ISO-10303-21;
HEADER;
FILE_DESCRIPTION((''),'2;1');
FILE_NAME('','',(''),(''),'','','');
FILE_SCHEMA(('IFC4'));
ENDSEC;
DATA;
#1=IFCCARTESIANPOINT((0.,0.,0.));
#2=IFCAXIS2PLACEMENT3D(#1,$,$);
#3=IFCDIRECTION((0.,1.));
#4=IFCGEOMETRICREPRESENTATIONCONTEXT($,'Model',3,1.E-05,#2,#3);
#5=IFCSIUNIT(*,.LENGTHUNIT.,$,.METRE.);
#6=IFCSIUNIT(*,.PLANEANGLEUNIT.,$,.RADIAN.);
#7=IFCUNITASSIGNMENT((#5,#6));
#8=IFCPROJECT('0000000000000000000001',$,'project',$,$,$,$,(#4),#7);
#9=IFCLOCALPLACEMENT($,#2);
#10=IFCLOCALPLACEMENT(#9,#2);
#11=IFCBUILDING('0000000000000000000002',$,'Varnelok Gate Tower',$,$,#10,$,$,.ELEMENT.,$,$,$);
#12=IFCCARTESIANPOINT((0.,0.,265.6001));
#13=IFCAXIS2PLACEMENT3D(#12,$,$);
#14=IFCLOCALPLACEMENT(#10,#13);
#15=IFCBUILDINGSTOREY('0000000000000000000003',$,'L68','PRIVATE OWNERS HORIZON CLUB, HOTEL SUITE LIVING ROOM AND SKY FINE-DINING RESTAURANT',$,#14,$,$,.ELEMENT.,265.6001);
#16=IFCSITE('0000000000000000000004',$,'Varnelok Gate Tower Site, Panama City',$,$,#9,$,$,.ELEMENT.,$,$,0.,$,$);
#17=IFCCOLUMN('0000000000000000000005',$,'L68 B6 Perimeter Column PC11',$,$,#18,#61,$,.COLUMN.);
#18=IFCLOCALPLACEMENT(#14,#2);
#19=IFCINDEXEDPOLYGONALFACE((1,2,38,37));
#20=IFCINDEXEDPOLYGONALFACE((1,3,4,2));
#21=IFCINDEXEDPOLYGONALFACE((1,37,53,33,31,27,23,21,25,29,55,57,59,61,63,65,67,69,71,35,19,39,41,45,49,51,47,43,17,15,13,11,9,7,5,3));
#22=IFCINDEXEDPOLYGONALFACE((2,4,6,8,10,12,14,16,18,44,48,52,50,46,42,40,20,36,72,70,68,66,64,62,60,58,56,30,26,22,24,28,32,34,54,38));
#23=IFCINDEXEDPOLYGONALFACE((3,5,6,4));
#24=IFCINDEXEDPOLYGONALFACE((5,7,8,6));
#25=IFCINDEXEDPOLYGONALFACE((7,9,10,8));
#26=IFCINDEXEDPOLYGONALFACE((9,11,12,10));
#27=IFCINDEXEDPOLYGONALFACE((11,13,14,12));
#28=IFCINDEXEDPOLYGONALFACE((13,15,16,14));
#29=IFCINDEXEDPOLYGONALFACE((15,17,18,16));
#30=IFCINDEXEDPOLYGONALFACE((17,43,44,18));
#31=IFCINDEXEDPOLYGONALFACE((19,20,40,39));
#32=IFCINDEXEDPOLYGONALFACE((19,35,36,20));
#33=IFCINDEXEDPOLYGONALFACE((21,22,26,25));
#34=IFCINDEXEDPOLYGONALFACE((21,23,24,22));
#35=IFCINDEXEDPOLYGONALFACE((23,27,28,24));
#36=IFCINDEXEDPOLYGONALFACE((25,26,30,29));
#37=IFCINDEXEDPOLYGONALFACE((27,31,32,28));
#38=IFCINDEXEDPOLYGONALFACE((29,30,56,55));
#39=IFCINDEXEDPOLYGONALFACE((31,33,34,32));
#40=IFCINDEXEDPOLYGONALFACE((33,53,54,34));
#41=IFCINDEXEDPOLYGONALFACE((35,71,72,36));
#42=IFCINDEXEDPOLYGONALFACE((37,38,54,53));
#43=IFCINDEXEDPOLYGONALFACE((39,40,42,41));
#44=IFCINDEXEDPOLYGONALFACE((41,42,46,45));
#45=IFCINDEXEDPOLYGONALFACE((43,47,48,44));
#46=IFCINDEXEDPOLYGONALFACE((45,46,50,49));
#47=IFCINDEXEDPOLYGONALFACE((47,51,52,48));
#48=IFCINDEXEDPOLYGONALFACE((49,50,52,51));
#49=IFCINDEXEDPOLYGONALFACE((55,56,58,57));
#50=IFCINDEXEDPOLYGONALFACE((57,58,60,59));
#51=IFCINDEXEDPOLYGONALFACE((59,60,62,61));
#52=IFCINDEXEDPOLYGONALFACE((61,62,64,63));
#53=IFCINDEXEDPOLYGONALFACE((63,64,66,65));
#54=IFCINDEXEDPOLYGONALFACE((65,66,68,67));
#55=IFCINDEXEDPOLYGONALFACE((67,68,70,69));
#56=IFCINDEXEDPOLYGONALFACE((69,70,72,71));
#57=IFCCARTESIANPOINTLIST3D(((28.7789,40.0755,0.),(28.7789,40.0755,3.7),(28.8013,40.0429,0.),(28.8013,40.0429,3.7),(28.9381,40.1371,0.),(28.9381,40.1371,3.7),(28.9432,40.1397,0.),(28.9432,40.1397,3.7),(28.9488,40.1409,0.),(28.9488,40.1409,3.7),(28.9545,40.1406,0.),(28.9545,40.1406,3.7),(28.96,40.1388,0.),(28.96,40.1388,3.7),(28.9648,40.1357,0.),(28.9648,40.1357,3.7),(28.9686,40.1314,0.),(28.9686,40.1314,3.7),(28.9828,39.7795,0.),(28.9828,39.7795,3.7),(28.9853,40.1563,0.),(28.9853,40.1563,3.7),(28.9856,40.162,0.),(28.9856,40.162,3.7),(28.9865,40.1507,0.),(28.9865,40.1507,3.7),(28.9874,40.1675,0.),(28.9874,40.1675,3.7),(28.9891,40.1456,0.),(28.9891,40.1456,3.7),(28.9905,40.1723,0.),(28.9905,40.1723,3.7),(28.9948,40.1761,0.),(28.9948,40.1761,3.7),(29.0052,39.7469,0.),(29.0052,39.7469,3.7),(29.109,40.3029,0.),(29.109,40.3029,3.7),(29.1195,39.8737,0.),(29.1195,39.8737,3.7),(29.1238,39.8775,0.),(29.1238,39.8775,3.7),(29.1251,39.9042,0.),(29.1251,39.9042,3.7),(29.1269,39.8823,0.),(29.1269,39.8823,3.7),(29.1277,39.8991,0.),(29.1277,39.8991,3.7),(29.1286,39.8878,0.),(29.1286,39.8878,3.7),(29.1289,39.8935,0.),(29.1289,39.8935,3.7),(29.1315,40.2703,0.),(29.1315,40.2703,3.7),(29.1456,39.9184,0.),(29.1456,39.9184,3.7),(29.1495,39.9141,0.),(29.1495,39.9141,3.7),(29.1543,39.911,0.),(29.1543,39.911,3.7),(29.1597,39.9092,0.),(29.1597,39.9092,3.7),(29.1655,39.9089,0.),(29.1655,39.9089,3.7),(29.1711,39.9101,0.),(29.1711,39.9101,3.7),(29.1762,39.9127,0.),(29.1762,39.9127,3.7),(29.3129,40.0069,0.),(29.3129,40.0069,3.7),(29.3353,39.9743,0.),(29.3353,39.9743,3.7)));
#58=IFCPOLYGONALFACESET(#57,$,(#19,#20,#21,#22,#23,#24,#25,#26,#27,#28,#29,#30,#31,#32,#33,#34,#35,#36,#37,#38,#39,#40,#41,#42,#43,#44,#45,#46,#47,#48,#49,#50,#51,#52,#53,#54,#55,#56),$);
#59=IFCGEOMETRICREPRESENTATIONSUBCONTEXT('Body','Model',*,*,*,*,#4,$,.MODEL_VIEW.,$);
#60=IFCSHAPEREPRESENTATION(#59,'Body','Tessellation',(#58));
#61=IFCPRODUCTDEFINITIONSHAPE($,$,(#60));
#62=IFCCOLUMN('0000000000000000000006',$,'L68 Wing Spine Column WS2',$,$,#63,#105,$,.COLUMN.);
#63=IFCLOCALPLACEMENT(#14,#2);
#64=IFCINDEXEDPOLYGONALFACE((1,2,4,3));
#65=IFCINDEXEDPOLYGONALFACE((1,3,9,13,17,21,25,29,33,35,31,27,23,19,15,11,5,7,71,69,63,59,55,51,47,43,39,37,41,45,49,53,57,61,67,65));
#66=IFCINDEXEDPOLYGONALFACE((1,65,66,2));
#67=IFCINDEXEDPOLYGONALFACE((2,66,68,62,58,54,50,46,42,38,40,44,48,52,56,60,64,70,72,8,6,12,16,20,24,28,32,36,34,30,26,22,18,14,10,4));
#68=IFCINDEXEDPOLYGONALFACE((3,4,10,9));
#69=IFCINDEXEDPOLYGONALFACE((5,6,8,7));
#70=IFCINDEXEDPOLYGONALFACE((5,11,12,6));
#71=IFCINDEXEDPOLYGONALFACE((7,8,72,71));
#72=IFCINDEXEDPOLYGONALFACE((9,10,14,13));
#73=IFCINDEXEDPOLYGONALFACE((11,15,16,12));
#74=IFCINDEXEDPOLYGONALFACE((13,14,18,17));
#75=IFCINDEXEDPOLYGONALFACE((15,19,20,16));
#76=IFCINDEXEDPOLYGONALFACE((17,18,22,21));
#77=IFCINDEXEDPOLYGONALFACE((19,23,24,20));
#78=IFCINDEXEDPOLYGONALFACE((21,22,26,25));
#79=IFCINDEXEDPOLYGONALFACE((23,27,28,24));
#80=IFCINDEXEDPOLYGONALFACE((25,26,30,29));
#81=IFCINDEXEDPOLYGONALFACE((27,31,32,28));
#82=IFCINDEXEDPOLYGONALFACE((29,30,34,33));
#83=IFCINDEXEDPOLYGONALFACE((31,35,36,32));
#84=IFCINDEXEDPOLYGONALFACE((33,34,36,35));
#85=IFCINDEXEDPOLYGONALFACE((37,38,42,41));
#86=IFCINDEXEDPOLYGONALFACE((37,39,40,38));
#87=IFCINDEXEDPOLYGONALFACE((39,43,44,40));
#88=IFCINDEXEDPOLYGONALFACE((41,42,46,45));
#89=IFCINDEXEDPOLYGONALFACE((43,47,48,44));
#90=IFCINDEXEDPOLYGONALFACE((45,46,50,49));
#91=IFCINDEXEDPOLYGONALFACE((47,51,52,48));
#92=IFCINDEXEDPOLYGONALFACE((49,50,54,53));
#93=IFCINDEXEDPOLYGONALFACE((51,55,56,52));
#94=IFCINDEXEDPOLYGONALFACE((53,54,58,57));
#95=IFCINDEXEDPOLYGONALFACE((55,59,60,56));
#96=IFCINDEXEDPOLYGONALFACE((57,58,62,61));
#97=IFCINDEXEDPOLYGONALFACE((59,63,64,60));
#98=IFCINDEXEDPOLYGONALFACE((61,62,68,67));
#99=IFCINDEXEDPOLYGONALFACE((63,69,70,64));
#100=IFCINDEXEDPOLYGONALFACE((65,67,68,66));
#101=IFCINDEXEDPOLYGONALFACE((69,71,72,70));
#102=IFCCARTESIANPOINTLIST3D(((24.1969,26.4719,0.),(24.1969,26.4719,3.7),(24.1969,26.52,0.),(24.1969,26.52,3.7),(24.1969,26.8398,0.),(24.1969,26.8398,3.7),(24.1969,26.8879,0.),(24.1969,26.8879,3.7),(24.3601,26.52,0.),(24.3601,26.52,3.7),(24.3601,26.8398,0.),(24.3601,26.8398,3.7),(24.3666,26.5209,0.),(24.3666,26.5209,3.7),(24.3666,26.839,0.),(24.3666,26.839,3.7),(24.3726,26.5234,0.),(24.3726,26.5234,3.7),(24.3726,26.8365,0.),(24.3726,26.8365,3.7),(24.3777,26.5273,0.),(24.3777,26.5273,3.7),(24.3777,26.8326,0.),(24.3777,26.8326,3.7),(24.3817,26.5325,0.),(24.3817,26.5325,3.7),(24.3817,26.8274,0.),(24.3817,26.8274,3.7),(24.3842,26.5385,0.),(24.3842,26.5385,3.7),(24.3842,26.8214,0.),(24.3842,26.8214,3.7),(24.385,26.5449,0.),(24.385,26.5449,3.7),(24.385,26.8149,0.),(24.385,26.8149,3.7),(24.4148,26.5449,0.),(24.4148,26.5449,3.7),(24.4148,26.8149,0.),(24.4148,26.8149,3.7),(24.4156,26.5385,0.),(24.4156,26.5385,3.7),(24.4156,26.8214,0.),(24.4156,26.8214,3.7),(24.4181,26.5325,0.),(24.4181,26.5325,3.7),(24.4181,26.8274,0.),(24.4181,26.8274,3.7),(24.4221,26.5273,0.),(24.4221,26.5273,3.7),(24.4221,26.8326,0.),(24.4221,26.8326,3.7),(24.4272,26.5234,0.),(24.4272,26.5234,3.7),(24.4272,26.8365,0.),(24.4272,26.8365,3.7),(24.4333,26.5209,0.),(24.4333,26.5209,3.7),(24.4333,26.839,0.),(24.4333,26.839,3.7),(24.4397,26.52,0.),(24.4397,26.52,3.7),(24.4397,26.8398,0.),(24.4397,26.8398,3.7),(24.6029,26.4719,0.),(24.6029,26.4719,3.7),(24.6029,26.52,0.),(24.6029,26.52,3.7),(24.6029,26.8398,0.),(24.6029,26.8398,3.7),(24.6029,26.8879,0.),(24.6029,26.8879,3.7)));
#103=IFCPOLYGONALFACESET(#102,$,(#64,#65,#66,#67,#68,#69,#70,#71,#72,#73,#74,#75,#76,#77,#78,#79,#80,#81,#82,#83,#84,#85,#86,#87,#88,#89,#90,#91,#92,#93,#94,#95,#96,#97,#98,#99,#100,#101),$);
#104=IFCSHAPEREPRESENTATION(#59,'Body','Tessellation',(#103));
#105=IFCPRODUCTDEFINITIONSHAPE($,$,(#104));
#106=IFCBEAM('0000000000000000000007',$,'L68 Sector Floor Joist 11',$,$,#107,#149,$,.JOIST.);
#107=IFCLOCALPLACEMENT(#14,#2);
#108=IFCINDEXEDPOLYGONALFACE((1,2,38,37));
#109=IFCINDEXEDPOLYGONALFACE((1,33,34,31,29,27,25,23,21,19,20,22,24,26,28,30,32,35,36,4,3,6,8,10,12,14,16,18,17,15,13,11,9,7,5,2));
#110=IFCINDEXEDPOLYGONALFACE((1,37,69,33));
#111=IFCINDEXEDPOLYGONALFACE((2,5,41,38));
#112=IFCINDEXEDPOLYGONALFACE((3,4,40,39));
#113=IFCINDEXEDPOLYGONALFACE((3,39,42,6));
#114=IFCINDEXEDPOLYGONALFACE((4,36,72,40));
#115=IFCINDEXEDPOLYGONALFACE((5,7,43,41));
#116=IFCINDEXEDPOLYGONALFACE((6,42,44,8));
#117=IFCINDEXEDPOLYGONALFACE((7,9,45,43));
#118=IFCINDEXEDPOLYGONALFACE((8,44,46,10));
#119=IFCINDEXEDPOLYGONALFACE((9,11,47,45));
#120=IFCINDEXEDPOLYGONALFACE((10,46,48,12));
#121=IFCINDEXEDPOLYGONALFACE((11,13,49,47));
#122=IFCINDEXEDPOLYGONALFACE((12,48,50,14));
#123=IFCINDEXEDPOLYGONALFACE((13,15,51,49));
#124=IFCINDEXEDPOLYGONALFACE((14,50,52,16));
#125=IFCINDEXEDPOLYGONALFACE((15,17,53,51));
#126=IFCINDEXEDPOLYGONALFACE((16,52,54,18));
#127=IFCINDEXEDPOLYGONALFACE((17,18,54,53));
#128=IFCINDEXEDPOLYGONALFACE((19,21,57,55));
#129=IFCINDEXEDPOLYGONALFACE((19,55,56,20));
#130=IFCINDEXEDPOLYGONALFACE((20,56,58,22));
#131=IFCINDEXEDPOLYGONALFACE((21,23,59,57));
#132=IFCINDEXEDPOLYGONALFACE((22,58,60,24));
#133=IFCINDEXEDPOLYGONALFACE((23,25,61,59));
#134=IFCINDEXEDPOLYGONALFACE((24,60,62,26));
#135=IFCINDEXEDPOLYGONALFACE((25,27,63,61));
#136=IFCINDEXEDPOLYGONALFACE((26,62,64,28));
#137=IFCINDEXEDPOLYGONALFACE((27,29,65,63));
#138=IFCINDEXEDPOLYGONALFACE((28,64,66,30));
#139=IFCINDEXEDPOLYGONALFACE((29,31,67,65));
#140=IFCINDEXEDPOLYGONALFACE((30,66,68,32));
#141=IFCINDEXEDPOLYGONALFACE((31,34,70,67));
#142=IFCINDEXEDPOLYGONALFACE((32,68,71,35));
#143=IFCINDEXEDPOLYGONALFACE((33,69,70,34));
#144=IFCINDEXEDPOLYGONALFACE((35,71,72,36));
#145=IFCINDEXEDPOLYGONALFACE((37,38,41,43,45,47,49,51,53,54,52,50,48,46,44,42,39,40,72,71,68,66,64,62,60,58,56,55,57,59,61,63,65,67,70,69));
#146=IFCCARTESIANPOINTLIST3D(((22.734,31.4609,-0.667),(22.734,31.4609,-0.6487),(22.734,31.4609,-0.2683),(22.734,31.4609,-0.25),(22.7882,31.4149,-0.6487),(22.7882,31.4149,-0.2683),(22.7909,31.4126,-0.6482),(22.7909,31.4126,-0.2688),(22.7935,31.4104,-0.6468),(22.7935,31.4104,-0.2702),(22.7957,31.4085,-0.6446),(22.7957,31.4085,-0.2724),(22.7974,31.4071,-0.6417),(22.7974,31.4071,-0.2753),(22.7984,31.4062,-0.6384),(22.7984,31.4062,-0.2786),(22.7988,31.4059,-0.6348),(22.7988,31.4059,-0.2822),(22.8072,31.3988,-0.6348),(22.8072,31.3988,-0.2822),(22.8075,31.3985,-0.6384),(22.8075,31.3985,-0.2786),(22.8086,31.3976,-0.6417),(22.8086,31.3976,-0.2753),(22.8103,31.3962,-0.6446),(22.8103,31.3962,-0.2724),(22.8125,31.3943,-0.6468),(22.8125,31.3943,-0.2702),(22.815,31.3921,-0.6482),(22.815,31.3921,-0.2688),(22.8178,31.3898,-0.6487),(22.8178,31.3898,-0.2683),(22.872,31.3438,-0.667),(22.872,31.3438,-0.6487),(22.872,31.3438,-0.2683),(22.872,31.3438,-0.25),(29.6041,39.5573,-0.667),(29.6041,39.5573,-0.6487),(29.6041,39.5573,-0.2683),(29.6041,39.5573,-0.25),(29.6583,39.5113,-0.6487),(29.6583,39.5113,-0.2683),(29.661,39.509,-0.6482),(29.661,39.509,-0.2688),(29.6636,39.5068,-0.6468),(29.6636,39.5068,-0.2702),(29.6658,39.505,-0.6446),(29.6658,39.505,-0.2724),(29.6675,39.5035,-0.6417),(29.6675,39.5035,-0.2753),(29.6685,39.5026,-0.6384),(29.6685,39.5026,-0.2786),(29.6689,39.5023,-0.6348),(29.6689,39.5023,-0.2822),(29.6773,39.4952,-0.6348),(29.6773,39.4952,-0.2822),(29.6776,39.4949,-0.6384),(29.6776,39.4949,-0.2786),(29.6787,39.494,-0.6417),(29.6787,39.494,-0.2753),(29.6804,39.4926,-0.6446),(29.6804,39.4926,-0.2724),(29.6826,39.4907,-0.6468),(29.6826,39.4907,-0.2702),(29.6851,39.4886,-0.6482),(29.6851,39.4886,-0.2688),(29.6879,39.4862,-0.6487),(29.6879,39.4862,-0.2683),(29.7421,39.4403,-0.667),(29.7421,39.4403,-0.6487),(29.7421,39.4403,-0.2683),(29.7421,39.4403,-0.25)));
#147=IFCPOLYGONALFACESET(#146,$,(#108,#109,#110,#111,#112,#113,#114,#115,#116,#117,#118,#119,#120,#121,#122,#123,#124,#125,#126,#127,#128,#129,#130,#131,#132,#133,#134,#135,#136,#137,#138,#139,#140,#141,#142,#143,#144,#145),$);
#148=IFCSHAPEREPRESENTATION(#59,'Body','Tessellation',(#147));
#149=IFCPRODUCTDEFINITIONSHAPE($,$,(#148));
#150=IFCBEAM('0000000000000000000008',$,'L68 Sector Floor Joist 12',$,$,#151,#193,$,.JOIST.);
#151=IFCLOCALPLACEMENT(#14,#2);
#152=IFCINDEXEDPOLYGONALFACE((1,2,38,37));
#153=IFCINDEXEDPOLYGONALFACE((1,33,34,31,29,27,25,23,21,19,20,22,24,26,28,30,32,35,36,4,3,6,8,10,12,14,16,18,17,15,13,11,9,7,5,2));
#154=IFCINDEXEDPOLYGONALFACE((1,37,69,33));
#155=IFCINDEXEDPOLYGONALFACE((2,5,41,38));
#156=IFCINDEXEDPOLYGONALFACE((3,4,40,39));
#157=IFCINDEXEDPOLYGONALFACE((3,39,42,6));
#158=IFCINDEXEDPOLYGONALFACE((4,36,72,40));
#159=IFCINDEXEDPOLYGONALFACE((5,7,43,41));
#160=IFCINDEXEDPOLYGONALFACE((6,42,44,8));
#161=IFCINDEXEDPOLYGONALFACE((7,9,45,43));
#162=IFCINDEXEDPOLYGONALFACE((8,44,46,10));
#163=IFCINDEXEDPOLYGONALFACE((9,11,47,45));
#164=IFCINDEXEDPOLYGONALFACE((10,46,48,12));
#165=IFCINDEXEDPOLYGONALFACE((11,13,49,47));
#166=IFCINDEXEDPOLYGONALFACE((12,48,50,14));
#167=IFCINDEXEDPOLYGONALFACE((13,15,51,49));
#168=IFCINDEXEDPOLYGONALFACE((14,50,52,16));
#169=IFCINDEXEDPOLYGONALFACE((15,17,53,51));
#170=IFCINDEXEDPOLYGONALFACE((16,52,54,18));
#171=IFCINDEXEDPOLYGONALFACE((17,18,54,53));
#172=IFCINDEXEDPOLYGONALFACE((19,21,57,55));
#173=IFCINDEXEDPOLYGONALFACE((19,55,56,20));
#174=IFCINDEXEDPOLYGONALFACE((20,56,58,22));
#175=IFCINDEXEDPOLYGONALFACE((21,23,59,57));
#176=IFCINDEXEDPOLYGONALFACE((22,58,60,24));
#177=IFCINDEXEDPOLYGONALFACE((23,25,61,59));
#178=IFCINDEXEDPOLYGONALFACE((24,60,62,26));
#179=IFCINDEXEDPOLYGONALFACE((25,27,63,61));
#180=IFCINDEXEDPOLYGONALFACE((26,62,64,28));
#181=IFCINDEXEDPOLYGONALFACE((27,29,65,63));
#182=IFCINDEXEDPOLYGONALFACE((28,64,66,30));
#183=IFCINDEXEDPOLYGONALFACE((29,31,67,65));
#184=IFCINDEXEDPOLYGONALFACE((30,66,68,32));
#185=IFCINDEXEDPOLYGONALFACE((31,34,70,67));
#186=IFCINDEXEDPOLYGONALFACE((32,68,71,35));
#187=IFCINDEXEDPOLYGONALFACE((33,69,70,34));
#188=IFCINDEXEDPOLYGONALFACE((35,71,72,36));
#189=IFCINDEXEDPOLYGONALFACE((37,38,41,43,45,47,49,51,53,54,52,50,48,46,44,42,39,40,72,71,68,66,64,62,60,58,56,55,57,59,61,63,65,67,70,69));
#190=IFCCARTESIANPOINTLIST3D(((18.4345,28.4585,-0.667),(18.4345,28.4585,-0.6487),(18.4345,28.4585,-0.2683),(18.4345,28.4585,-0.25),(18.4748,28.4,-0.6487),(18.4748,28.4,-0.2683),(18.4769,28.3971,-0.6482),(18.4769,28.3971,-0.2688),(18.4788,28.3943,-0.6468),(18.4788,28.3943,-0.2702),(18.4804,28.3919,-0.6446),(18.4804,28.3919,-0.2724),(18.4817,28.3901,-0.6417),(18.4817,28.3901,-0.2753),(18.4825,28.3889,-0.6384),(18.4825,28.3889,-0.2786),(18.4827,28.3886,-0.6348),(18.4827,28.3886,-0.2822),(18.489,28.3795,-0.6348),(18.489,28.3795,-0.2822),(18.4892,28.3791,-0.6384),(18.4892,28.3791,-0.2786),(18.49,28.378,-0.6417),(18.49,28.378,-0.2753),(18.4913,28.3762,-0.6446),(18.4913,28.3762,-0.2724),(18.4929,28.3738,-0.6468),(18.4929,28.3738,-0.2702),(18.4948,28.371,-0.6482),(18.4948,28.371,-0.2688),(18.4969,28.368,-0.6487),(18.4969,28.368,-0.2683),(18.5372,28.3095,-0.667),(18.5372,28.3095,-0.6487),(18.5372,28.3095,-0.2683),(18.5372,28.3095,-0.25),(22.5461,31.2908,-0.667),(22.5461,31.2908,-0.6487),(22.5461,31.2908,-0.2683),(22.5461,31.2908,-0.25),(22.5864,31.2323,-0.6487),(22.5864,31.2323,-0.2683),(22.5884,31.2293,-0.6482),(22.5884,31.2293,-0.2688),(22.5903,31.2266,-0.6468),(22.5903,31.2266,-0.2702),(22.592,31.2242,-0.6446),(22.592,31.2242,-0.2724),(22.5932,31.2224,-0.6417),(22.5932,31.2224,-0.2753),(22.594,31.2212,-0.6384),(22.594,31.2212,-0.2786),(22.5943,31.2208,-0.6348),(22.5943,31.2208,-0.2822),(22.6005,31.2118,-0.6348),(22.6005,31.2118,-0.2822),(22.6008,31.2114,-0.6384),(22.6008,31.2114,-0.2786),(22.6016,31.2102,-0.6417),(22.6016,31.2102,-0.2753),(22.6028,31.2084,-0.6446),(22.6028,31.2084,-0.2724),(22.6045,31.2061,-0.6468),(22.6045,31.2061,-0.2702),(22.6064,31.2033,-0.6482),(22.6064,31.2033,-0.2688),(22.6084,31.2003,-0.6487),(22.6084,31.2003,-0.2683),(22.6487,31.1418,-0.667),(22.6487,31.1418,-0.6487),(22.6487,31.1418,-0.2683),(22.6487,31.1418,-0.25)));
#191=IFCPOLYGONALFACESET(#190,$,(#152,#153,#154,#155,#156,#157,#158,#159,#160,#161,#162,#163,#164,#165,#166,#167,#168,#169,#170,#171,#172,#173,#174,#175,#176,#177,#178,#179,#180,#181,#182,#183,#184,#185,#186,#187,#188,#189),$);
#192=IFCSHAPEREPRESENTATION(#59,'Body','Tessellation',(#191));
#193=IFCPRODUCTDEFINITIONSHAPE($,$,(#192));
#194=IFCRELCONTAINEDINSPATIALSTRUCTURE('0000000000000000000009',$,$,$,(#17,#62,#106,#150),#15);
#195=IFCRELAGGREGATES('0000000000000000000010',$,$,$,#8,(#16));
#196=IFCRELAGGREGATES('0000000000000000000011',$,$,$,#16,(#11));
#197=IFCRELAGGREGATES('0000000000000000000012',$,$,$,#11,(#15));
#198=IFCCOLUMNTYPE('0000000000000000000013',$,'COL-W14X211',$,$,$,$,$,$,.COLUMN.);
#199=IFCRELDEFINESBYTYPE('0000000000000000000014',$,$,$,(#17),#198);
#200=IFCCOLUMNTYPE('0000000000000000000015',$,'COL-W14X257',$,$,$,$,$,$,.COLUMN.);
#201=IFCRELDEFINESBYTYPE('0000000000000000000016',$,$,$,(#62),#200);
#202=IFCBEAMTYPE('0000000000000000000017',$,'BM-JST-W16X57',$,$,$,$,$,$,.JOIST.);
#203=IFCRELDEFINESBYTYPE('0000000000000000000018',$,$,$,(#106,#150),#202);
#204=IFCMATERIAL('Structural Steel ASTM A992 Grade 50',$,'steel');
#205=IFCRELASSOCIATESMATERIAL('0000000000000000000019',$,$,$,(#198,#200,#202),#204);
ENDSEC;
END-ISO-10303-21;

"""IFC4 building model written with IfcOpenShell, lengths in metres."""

from ifc_helpers import new_model, si_unit, direction, frame, origin, origin_2d, place, context, subcontext, project, spatial, i_section, extrude, material, material_profile, profile_set, type_object, element, save


model = new_model("IFC4")

# Units and contexts
model_context = context("Model", 3, precision=1e-05, world=origin(), true_north=direction((0.0, 1.0)))
body_context = subcontext(model_context, "Body", "Model", "MODEL_VIEW")
ifc_project = project(units=[si_unit("LENGTHUNIT", "METRE"), si_unit("PLANEANGLEUNIT", "RADIAN")], contexts=[model_context])

# Site, building, storey
site_placement = place(None, origin())
site = spatial("IfcSite", under=ifc_project, at=site_placement, Name="Varnelok Gate Tower Site, Panama City", CompositionType="ELEMENT", RefElevation=0.0)
building_placement = place(site_placement, origin())
building = spatial("IfcBuilding", under=site, at=building_placement, Name="Varnelok Gate Tower", CompositionType="ELEMENT")
storey_placement = place(building_placement, frame((0.0, 0.0, 265.6001)))
storey = spatial("IfcBuildingStorey", under=building, at=storey_placement, Name="L68", Description="PRIVATE OWNERS HORIZON CLUB, HOTEL SUITE LIVING ROOM AND SKY FINE-DINING RESTAURANT", CompositionType="ELEMENT", Elevation=265.6001)

# Columns
ifc_material_1 = material(Name="Structural Steel ASTM A992 Grade 50", Category="steel")
ifc_material_profile_1 = material_profile(ifc_material_1, i_section(OverallWidth=0.4009, OverallDepth=0.3989, WebThickness=0.0249, FlangeThickness=0.0396, FilletRadius=0.022, at=origin_2d()), Name="W14X211")
ifc_profile_set_1 = profile_set([ifc_material_profile_1], Name="Structural Steel ASTM A992 Grade 50")
column_type_1 = type_object("IfcColumnType", Name="COL-W14X211", PredefinedType="COLUMN", material=ifc_profile_set_1)
column_1_placement = place(storey_placement, frame((29.0571, 40.0249, 0.0), z_axis=(0.0, 0.0, 1.0), x_axis=(0.823533, 0.567269, 0.0)))
element("IfcColumn", 1, at=column_1_placement, inside=storey, type_object=column_type_1, Name="L68 B6 Perimeter Column PC11", PredefinedType="COLUMN", context=body_context, shape_type="SweptSolid", body=[
    extrude(i_section(OverallWidth=0.4009, OverallDepth=0.3989, WebThickness=0.0249, FlangeThickness=0.0396, FilletRadius=0.022, at=origin_2d()), origin(), (0.0, 0.0, 1.0), 3.7),
])
ifc_material_profile_2 = material_profile(ifc_material_1, i_section(OverallWidth=0.406, OverallDepth=0.416, WebThickness=0.0298, FlangeThickness=0.0481, FilletRadius=0.0249, at=origin_2d()), Name="W14X257")
ifc_profile_set_2 = profile_set([ifc_material_profile_2], Name="Structural Steel ASTM A992 Grade 50")
column_type_2 = type_object("IfcColumnType", Name="COL-W14X257", PredefinedType="COLUMN", material=ifc_profile_set_2)
column_2_placement = place(storey_placement, frame((24.3999, 26.6799, 0.0), z_axis=(0.0, 0.0, 1.0), x_axis=(1.0, 0.0, 0.0)))
element("IfcColumn", 2, at=column_2_placement, inside=storey, type_object=column_type_2, Name="L68 Wing Spine Column WS2", PredefinedType="COLUMN", context=body_context, shape_type="SweptSolid", body=[
    extrude(i_section(OverallWidth=0.406, OverallDepth=0.416, WebThickness=0.0298, FlangeThickness=0.0481, FilletRadius=0.0249, at=origin_2d()), origin(), (0.0, 0.0, 1.0), 3.7),
])

# Beams
ifc_material_profile_3 = material_profile(ifc_material_1, i_section(OverallWidth=0.1809, OverallDepth=0.417, WebThickness=0.011, FlangeThickness=0.0183, FilletRadius=0.0139, at=origin_2d()), Name="W16X57")
ifc_profile_set_3 = profile_set([ifc_material_profile_3], Name="Structural Steel ASTM A992 Grade 50")
beam_type_1 = type_object("IfcBeamType", Name="BM-JST-W16X57", PredefinedType="JOIST", material=ifc_profile_set_3)
beam_1_placement = place(storey_placement, frame((29.6731, 39.4988, -0.4585), z_axis=(-0.647, -0.76249, 0.0), x_axis=(0.76249, -0.647, 0.0)))
element("IfcBeam", 3, at=beam_1_placement, inside=storey, type_object=beam_type_1, Name="L68 Sector Floor Joist 11", PredefinedType="JOIST", context=body_context, shape_type="SweptSolid", body=[
    extrude(i_section(OverallWidth=0.1809, OverallDepth=0.417, WebThickness=0.011, FlangeThickness=0.0183, FilletRadius=0.0139, at=origin_2d()), origin(), (0.0, 0.0, 1.0), 10.6184),
])
beam_2_placement = place(storey_placement, frame((22.5974, 31.2163, -0.4585), z_axis=(-0.823521, -0.567286, 0.0), x_axis=(0.567286, -0.823521, 0.0)))
element("IfcBeam", 4, at=beam_2_placement, inside=storey, type_object=beam_type_1, Name="L68 Sector Floor Joist 12", PredefinedType="JOIST", context=body_context, shape_type="SweptSolid", body=[
    extrude(i_section(OverallWidth=0.1809, OverallDepth=0.417, WebThickness=0.011, FlangeThickness=0.0183, FilletRadius=0.0139, at=origin_2d()), origin(), (0.0, 0.0, 1.0), 4.9927),
])

save(model, "model.ifc")
